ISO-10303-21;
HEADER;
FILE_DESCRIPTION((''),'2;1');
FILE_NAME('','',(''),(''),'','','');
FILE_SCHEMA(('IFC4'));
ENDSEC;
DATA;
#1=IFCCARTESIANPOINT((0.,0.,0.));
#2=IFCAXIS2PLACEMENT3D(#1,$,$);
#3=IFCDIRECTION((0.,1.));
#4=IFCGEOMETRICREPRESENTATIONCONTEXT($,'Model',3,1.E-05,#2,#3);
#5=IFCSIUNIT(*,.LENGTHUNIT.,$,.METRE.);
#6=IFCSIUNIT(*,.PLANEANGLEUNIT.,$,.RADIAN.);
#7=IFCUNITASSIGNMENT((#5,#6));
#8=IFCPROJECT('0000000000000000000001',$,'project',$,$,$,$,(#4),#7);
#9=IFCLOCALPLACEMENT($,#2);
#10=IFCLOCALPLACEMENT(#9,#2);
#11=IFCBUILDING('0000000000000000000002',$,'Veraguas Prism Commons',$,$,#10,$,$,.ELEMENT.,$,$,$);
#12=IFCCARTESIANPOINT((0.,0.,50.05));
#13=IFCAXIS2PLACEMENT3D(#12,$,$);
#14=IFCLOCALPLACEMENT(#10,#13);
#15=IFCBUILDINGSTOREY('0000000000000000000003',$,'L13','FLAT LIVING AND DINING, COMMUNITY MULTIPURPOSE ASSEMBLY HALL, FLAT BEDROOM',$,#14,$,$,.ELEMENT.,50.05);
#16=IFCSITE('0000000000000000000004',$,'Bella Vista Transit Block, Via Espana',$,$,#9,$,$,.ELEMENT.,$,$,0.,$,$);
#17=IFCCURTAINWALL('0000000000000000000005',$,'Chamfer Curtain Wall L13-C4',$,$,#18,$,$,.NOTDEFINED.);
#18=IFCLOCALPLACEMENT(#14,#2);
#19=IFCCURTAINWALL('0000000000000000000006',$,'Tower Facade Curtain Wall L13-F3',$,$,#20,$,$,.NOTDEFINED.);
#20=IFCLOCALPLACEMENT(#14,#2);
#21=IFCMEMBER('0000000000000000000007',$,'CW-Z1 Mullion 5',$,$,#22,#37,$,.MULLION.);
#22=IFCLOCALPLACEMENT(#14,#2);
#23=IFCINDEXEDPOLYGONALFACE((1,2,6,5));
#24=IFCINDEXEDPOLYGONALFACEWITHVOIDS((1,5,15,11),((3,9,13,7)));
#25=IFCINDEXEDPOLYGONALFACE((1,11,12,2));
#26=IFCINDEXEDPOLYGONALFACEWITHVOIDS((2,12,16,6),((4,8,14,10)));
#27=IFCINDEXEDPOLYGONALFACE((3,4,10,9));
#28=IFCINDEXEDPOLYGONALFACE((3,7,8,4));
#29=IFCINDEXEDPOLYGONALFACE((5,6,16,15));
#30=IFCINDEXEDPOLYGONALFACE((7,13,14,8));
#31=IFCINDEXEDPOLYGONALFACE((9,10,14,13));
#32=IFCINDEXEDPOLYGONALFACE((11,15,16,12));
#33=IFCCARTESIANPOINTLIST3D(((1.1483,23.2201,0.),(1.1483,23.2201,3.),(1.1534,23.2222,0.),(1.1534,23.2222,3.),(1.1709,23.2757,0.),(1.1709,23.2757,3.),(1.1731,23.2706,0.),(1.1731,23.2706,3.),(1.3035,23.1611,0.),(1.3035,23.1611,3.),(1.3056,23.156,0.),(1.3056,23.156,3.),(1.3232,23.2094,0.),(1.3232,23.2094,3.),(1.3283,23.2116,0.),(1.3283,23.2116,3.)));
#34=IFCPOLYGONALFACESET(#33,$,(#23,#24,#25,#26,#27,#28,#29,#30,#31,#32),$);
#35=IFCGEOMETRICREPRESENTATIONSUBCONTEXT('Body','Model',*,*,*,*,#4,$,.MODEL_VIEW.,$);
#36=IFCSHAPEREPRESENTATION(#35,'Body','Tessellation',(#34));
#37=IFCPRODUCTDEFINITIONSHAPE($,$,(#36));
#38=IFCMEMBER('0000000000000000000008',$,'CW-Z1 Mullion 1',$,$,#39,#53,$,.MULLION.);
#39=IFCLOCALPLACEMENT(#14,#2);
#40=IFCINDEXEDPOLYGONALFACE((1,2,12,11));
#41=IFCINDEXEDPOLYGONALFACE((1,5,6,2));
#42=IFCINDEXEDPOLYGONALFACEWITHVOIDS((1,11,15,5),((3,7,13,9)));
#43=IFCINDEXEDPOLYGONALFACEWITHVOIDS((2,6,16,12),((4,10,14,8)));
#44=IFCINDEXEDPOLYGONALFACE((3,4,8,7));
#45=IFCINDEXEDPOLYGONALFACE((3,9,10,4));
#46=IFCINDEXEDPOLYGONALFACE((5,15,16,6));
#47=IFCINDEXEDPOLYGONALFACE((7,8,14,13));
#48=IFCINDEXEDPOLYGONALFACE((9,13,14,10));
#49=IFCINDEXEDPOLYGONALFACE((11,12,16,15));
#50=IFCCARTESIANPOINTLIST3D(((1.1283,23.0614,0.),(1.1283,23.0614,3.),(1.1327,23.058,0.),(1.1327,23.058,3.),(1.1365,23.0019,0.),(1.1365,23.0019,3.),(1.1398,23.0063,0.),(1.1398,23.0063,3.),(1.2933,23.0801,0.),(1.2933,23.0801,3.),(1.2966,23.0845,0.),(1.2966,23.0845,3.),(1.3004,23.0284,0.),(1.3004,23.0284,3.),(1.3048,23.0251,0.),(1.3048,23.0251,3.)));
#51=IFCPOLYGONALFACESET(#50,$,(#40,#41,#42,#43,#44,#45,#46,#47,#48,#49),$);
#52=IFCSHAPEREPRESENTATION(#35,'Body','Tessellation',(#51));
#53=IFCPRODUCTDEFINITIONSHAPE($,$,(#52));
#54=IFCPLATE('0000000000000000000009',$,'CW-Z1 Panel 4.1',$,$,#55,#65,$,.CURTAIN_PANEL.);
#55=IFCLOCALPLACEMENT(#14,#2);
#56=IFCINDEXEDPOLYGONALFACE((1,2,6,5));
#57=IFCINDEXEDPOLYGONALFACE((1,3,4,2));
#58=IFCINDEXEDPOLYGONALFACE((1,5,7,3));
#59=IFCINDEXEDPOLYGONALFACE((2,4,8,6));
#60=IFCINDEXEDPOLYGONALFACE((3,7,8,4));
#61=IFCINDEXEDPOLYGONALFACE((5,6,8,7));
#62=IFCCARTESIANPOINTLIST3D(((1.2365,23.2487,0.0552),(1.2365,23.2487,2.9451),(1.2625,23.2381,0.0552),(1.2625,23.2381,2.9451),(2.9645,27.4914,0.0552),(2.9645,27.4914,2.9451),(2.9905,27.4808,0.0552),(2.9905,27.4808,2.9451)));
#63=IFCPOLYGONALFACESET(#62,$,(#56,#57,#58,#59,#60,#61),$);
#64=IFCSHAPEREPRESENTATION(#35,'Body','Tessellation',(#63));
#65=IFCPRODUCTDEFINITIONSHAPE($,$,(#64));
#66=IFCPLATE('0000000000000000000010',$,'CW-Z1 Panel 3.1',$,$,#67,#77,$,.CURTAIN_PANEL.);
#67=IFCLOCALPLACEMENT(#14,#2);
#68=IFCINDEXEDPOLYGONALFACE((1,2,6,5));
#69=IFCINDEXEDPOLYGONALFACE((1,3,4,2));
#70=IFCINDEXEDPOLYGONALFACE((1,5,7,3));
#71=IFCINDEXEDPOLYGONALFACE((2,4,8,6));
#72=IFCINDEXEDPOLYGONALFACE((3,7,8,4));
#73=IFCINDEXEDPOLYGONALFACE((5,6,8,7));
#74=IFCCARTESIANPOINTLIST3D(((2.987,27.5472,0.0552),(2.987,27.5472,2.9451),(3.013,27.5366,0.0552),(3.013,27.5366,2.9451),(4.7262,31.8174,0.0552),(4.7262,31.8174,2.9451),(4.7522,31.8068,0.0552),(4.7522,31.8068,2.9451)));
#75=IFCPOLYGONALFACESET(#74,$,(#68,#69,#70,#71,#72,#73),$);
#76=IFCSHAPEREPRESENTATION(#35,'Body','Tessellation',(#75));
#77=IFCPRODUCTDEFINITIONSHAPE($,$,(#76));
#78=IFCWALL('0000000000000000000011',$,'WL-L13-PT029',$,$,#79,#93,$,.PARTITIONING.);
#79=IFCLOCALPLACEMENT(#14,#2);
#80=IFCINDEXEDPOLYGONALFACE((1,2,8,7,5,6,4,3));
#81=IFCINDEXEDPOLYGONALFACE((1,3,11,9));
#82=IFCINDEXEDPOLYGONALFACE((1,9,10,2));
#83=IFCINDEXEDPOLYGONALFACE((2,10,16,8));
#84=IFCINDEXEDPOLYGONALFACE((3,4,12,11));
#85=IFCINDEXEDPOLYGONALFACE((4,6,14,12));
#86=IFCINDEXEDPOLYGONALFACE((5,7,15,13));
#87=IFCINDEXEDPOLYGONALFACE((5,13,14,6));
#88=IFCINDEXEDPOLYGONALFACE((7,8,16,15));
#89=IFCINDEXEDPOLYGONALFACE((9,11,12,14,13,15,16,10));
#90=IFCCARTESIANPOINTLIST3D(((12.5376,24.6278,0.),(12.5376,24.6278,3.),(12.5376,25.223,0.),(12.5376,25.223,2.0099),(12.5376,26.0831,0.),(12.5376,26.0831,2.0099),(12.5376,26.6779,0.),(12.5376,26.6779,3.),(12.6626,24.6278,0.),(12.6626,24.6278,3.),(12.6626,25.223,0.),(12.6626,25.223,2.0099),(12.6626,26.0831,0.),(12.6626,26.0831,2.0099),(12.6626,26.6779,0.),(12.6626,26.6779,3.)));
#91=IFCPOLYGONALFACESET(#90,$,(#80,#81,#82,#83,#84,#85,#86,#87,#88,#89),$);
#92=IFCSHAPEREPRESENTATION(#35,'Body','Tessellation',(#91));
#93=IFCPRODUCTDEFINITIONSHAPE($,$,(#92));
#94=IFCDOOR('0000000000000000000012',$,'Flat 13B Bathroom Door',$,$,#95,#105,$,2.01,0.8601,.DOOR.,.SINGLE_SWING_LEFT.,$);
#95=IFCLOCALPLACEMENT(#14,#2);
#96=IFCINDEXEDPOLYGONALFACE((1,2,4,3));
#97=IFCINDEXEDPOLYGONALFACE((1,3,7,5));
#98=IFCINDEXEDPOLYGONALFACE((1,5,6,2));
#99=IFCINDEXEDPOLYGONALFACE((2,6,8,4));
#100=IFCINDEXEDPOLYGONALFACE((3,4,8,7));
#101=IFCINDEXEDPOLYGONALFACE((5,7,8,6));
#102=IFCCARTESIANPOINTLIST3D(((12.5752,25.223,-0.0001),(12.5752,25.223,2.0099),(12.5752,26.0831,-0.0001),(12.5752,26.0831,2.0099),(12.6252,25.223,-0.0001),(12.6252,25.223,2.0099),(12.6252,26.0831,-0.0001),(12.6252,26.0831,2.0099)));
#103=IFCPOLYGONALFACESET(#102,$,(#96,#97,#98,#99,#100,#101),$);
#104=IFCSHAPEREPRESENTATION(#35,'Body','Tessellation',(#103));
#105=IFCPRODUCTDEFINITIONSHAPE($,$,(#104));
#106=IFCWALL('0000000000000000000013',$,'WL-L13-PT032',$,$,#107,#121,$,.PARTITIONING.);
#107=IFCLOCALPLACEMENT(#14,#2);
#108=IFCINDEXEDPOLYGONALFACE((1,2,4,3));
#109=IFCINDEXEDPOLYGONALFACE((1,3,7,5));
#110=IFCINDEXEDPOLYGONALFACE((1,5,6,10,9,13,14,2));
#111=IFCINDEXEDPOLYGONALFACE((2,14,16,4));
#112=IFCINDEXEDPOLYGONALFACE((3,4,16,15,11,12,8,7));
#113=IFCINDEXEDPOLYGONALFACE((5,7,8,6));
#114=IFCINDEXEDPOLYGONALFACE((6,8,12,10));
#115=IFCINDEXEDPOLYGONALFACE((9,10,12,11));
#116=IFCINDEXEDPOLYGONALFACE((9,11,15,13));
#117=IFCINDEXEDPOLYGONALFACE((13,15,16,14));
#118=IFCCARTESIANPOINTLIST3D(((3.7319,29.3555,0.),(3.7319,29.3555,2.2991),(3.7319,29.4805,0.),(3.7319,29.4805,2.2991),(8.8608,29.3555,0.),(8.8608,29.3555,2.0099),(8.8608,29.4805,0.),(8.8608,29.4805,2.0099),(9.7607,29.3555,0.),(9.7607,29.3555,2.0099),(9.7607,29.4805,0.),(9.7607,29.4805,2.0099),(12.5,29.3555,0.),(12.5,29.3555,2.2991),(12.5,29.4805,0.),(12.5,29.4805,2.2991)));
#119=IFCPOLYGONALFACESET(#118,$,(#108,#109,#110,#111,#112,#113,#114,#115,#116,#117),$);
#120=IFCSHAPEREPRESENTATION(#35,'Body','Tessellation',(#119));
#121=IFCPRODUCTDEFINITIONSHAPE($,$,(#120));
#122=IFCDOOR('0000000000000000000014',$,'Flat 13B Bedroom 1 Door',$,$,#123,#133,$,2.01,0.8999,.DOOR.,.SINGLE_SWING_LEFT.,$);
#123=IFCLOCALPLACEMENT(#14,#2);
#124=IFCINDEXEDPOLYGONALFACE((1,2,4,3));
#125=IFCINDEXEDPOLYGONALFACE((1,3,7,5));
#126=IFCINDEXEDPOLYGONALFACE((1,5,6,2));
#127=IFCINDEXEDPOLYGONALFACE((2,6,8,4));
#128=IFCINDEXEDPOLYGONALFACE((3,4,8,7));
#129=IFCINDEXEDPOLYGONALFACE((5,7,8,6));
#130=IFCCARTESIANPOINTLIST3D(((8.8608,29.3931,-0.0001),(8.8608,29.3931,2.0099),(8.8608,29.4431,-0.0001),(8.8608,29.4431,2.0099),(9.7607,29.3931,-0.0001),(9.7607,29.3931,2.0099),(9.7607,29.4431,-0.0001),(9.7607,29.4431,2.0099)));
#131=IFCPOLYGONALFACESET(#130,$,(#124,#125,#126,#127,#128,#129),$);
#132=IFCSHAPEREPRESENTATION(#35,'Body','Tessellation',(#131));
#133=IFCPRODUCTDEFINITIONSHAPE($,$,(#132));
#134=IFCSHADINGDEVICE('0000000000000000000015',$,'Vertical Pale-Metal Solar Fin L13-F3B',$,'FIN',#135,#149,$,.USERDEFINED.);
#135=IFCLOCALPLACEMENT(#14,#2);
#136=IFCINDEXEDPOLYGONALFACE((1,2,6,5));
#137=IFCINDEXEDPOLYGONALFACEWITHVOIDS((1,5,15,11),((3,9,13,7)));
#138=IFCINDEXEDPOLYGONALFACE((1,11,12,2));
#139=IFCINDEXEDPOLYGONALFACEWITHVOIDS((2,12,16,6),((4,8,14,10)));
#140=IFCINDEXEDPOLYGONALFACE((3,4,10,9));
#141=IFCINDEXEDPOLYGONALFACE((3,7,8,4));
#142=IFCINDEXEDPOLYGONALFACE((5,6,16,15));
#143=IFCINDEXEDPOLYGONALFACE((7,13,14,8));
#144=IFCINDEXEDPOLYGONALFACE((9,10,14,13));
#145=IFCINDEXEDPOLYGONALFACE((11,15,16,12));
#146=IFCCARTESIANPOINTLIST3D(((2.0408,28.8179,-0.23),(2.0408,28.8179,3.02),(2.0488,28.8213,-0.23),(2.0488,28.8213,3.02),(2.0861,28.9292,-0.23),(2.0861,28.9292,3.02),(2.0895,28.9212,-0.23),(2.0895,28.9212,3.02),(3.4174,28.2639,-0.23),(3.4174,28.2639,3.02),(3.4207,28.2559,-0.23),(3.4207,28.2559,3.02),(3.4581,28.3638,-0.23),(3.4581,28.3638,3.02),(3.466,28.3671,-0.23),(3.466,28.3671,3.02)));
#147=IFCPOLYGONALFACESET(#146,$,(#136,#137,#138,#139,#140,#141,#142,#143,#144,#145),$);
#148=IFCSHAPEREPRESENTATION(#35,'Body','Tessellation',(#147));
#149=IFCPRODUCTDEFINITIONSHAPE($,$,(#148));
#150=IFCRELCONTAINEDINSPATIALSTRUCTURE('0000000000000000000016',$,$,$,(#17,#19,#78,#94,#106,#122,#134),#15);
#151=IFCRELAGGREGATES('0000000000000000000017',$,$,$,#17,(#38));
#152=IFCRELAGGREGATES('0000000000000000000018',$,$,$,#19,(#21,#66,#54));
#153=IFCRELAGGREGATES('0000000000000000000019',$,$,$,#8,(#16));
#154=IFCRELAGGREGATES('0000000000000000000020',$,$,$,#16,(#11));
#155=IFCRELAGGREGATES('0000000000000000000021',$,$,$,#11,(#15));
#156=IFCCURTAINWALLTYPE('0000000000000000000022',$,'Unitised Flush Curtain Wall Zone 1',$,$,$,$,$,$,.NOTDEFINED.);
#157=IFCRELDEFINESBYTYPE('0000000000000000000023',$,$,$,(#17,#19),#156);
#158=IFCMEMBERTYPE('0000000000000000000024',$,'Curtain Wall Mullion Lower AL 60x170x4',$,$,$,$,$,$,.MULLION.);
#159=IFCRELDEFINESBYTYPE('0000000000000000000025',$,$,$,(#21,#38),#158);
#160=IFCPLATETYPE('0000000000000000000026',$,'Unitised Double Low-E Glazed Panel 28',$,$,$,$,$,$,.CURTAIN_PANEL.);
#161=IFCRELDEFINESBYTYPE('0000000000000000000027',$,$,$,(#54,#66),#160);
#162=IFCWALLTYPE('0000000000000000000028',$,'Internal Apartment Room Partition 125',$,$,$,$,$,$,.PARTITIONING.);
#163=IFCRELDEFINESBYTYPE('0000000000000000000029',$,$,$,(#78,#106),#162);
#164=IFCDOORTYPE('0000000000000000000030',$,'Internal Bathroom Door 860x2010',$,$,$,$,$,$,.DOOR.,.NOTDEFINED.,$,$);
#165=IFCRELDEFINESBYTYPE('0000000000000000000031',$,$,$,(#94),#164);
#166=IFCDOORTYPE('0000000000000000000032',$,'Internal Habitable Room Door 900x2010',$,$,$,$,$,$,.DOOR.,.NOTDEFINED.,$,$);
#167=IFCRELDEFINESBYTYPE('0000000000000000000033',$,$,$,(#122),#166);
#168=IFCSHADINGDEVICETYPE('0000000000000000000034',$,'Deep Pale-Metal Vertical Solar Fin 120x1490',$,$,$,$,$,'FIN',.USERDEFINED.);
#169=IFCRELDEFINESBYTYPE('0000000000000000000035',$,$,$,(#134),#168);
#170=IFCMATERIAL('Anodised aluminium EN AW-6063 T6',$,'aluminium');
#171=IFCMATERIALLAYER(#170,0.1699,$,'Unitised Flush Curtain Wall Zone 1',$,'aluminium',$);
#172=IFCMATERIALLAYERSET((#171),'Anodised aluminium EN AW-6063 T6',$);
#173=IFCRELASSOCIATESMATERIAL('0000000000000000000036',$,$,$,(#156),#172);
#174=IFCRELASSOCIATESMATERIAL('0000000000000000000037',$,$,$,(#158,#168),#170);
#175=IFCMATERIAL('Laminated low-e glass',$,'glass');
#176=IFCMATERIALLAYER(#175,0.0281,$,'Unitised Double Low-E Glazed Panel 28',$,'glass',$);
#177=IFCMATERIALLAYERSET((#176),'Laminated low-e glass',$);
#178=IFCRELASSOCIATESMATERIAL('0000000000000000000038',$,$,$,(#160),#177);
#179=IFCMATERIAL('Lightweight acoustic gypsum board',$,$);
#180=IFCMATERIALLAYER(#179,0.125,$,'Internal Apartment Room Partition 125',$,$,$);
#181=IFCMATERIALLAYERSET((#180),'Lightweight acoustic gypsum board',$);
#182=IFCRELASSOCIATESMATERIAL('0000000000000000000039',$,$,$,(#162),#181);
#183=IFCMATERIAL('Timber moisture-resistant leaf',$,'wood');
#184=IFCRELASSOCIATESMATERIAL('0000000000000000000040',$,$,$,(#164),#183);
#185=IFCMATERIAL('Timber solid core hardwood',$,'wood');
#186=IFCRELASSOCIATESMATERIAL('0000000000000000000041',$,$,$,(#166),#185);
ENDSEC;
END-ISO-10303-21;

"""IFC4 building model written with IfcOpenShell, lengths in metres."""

from ifc_helpers import new_model, si_unit, direction, frame, frame_2d, origin, origin_2d, place, context, subcontext, project, spatial, rectangle, hollow_rectangle, extrude, source, transform, mapped, material, layer, layer_set, material_profile, profile_set, type_object, element, fill, aggregate, save


model = new_model("IFC4")

# Units and contexts
model_context = context("Model", 3, precision=1e-05, world=origin(), true_north=direction((0.0, 1.0)))
body_context = subcontext(model_context, "Body", "Model", "MODEL_VIEW")
ifc_project = project(units=[si_unit("LENGTHUNIT", "METRE"), si_unit("PLANEANGLEUNIT", "RADIAN")], contexts=[model_context])

# Site, building, storey
site_placement = place(None, origin())
site = spatial("IfcSite", under=ifc_project, at=site_placement, Name="Bella Vista Transit Block, Via Espana", CompositionType="ELEMENT", RefElevation=0.0)
building_placement = place(site_placement, origin())
building = spatial("IfcBuilding", under=site, at=building_placement, Name="Veraguas Prism Commons", CompositionType="ELEMENT")
storey_placement = place(building_placement, frame((0.0, 0.0, 50.05)))
storey = spatial("IfcBuildingStorey", under=building, at=storey_placement, Name="L13", Description="FLAT LIVING AND DINING, COMMUNITY MULTIPURPOSE ASSEMBLY HALL, FLAT BEDROOM", CompositionType="ELEMENT", Elevation=50.05)

# Curtain walls, member
ifc_material_1 = material(Name="Anodised aluminium EN AW-6063 T6", Category="aluminium")
ifc_layer_1 = layer(ifc_material_1, 0.1699, Name="Unitised Flush Curtain Wall Zone 1", Category="aluminium")
ifc_layer_set_1 = layer_set([ifc_layer_1], Name="Anodised aluminium EN AW-6063 T6")
curtain_wall_type = type_object("IfcCurtainWallType", Name="Unitised Flush Curtain Wall Zone 1", PredefinedType="NOTDEFINED", material=ifc_layer_set_1)
curtain_wall_1_placement = place(storey_placement, origin())
curtain_wall_1 = element("IfcCurtainWall", 1, at=curtain_wall_1_placement, inside=storey, type_object=curtain_wall_type, Name="Chamfer Curtain Wall L13-C4", PredefinedType="NOTDEFINED")
curtain_wall_2_placement = place(storey_placement, origin())
curtain_wall_2 = element("IfcCurtainWall", 2, at=curtain_wall_2_placement, inside=storey, type_object=curtain_wall_type, Name="Tower Facade Curtain Wall L13-F3", PredefinedType="NOTDEFINED")
ifc_material_profile_1 = material_profile(ifc_material_1, hollow_rectangle(XDim=0.0601, YDim=0.1699, WallThickness=0.0039, at=origin_2d()), Name="AL60X170X4")
ifc_profile_set_1 = profile_set([ifc_material_profile_1], Name="Anodised aluminium EN AW-6063 T6")
member_type_1 = type_object("IfcMemberType", Name="Curtain Wall Mullion Lower AL 60x170x4", PredefinedType="MULLION", material=ifc_profile_set_1)
shared_shape_1 = source(origin(), body_context, "Body", "SweptSolid", [
    extrude(hollow_rectangle(XDim=0.0601, YDim=0.1699, WallThickness=0.0039, at=origin_2d()), origin(), (0.0, 0.0, 1.0), 3.0),
])
member_1_placement = place(storey_placement, frame((1.2383, 23.2158, 0.0), z_axis=(0.0, 0.0, 1.0), x_axis=(-0.377198, -0.926133, 0.0)))
member_1 = element("IfcMember", 3, at=member_1_placement, type_object=member_type_1, Name="CW-Z1 Mullion 5", PredefinedType="MULLION", context=body_context, shape_type="MappedRepresentation", body=[
    mapped(shared_shape_1, transform((0.0, 0.0, 0.0), scale=1.0)),
])

# Member
member_2_placement = place(storey_placement, frame((1.2166, 23.0432, 0.0), z_axis=(0.0, 0.0, 1.0), x_axis=(0.136392, -0.990655, 0.0)))
member_2 = element("IfcMember", 4, at=member_2_placement, type_object=member_type_1, Name="CW-Z1 Mullion 1", PredefinedType="MULLION", context=body_context, shape_type="MappedRepresentation", body=[
    mapped(shared_shape_1, transform((0.0, 0.0, 0.0), scale=1.0)),
])
aggregate(curtain_wall_1, [member_2])

# Plates
ifc_material_2 = material(Name="Laminated low-e glass", Category="glass")
ifc_layer_2 = layer(ifc_material_2, 0.0281, Name="Unitised Double Low-E Glazed Panel 28", Category="glass")
ifc_layer_set_2 = layer_set([ifc_layer_2], Name="Laminated low-e glass")
plate_type = type_object("IfcPlateType", Name="Unitised Double Low-E Glazed Panel 28", PredefinedType="CURTAIN_PANEL", material=ifc_layer_set_2)
shared_shape_2 = source(origin(), body_context, "Body", "SweptSolid", [
    extrude(rectangle(XDim=4.5811, YDim=0.0281, at=origin_2d()), origin(), (0.0, 0.0, 1.0), 2.8899),
])
plate_1_placement = place(storey_placement, frame((2.1135, 25.3647, 0.0552), z_axis=(0.0, 0.0, 1.0), x_axis=(-0.377198, -0.926133, 0.0)))
plate_1 = element("IfcPlate", 5, at=plate_1_placement, type_object=plate_type, Name="CW-Z1 Panel 4.1", PredefinedType="CURTAIN_PANEL", context=body_context, shape_type="MappedRepresentation", body=[
    mapped(shared_shape_2, transform((0.0, 0.0, 0.0), scale=1.0)),
])
shared_shape_3 = source(origin(), body_context, "Body", "SweptSolid", [
    extrude(rectangle(XDim=4.6108, YDim=0.0281, at=origin_2d()), origin(), (0.0, 0.0, 1.0), 2.8899),
])
plate_2_placement = place(storey_placement, frame((3.8696, 29.677, 0.0552), z_axis=(0.0, 0.0, 1.0), x_axis=(-0.377198, -0.926133, 0.0)))
plate_2 = element("IfcPlate", 6, at=plate_2_placement, type_object=plate_type, Name="CW-Z1 Panel 3.1", PredefinedType="CURTAIN_PANEL", context=body_context, shape_type="MappedRepresentation", body=[
    mapped(shared_shape_3, transform((0.0, 0.0, 0.0), scale=1.0)),
])
aggregate(curtain_wall_2, [member_1, plate_2, plate_1])

# Walls, openings, doors
ifc_material_3 = material(Name="Lightweight acoustic gypsum board")
ifc_layer_3 = layer(ifc_material_3, 0.125, Name="Internal Apartment Room Partition 125")
ifc_layer_set_3 = layer_set([ifc_layer_3], Name="Lightweight acoustic gypsum board")
wall_type = type_object("IfcWallType", Name="Internal Apartment Room Partition 125", PredefinedType="PARTITIONING", material=ifc_layer_set_3)
wall_1_placement = place(storey_placement, frame((12.6001, 24.6279, 0.0), z_axis=(0.0, 0.0, 1.0), x_axis=(0.0, 1.0, 0.0)))
wall_1 = element("IfcWall", 7, at=wall_1_placement, inside=storey, type_object=wall_type, Name="WL-L13-PT029", PredefinedType="PARTITIONING", context=body_context, shape_type="SweptSolid", body=[
    extrude(rectangle(XDim=2.05, YDim=0.125, at=frame_2d((1.0249, 0.0))), origin(), (0.0, 0.0, 1.0), 3.0),
])
opening_1_placement = place(wall_1_placement, frame((0.595, 0.0, 0.0)))
opening_1 = element("IfcOpeningElement", 8, at=opening_1_placement, cuts=wall_1, PredefinedType="OPENING", context=body_context, shape_type="SweptSolid", body=[
    extrude(rectangle(XDim=0.8601, YDim=2.01, at=frame_2d((0.4302, 1.0049))), frame((0.0, 0.0725, 0.0), z_axis=(0.0, -1.0, 0.0), x_axis=(1.0, 0.0, 0.0)), (0.0, 0.0, 1.0), 0.145),
])
ifc_material_4 = material(Name="Timber moisture-resistant leaf", Category="wood")
door_type_1 = type_object("IfcDoorType", Name="Internal Bathroom Door 860x2010", OperationType="NOTDEFINED", PredefinedType="DOOR", material=ifc_material_4)
shared_shape_4 = source(origin(), body_context, "Body", "SweptSolid", [
    extrude(rectangle(XDim=0.8601, YDim=2.01, at=frame_2d((0.4302, 1.0049))), frame((0.0, 0.0249, 0.0), z_axis=(0.0, -1.0, 0.0), x_axis=(1.0, 0.0, 0.0)), (0.0, 0.0, 1.0), 0.05),
])
door_1_placement = place(opening_1_placement, origin())
door_1 = element("IfcDoor", 9, at=door_1_placement, inside=storey, type_object=door_type_1, Name="Flat 13B Bathroom Door", OperationType="SINGLE_SWING_LEFT", OverallHeight=2.01, OverallWidth=0.8601, PredefinedType="DOOR", context=body_context, shape_type="MappedRepresentation", body=[
    mapped(shared_shape_4, transform((0.0, 0.0, 0.0), scale=1.0)),
])
fill(opening_1, door_1)
wall_2_placement = place(storey_placement, frame((12.5, 29.418, 0.0), z_axis=(0.0, 0.0, 1.0), x_axis=(-1.0, 0.0, 0.0)))
wall_2 = element("IfcWall", 10, at=wall_2_placement, inside=storey, type_object=wall_type, Name="WL-L13-PT032", PredefinedType="PARTITIONING", context=body_context, shape_type="SweptSolid", body=[
    extrude(rectangle(XDim=8.7681, YDim=0.125, at=frame_2d((4.384, 0.0))), origin(), (0.0, 0.0, 1.0), 2.2991),
])
opening_2_placement = place(wall_2_placement, frame((2.7393, 0.0, 0.0)))
opening_2 = element("IfcOpeningElement", 11, at=opening_2_placement, cuts=wall_2, PredefinedType="OPENING", context=body_context, shape_type="SweptSolid", body=[
    extrude(rectangle(XDim=0.8999, YDim=2.01, at=frame_2d((0.45, 1.0049))), frame((0.0, 0.0725, 0.0), z_axis=(0.0, -1.0, 0.0), x_axis=(1.0, 0.0, 0.0)), (0.0, 0.0, 1.0), 0.145),
])
ifc_material_5 = material(Name="Timber solid core hardwood", Category="wood")
door_type_2 = type_object("IfcDoorType", Name="Internal Habitable Room Door 900x2010", OperationType="NOTDEFINED", PredefinedType="DOOR", material=ifc_material_5)
shared_shape_5 = source(origin(), body_context, "Body", "SweptSolid", [
    extrude(rectangle(XDim=0.8999, YDim=2.01, at=frame_2d((0.45, 1.0049))), frame((0.0, 0.0249, 0.0), z_axis=(0.0, -1.0, 0.0), x_axis=(1.0, 0.0, 0.0)), (0.0, 0.0, 1.0), 0.05),
])
door_2_placement = place(opening_2_placement, origin())
door_2 = element("IfcDoor", 12, at=door_2_placement, inside=storey, type_object=door_type_2, Name="Flat 13B Bedroom 1 Door", OperationType="SINGLE_SWING_LEFT", OverallHeight=2.01, OverallWidth=0.8999, PredefinedType="DOOR", context=body_context, shape_type="MappedRepresentation", body=[
    mapped(shared_shape_5, transform((0.0, 0.0, 0.0), scale=1.0)),
])
fill(opening_2, door_2)

# Shading device
ifc_material_profile_2 = material_profile(ifc_material_1, hollow_rectangle(XDim=0.1201, YDim=1.49, WallThickness=0.0061, at=origin_2d()), Name="FIN120X1490X6")
ifc_profile_set_2 = profile_set([ifc_material_profile_2], Name="Anodised aluminium EN AW-6063 T6")
shading_device_type = type_object("IfcShadingDeviceType", Name="Deep Pale-Metal Vertical Solar Fin 120x1490", ElementType="FIN", PredefinedType="USERDEFINED", material=ifc_profile_set_2)
shading_device_placement = place(storey_placement, frame((2.7534, 28.5925, -0.23), z_axis=(0.0, 0.0, 1.0), x_axis=(-0.377194, -0.926134, 0.0)))
element("IfcShadingDevice", 13, at=shading_device_placement, inside=storey, type_object=shading_device_type, Name="Vertical Pale-Metal Solar Fin L13-F3B", ObjectType="FIN", PredefinedType="USERDEFINED", context=body_context, shape_type="SweptSolid", body=[
    extrude(hollow_rectangle(XDim=0.1201, YDim=1.49, WallThickness=0.0061, at=origin_2d()), origin(), (0.0, 0.0, 1.0), 3.25),
])

save(model, "model.ifc")
